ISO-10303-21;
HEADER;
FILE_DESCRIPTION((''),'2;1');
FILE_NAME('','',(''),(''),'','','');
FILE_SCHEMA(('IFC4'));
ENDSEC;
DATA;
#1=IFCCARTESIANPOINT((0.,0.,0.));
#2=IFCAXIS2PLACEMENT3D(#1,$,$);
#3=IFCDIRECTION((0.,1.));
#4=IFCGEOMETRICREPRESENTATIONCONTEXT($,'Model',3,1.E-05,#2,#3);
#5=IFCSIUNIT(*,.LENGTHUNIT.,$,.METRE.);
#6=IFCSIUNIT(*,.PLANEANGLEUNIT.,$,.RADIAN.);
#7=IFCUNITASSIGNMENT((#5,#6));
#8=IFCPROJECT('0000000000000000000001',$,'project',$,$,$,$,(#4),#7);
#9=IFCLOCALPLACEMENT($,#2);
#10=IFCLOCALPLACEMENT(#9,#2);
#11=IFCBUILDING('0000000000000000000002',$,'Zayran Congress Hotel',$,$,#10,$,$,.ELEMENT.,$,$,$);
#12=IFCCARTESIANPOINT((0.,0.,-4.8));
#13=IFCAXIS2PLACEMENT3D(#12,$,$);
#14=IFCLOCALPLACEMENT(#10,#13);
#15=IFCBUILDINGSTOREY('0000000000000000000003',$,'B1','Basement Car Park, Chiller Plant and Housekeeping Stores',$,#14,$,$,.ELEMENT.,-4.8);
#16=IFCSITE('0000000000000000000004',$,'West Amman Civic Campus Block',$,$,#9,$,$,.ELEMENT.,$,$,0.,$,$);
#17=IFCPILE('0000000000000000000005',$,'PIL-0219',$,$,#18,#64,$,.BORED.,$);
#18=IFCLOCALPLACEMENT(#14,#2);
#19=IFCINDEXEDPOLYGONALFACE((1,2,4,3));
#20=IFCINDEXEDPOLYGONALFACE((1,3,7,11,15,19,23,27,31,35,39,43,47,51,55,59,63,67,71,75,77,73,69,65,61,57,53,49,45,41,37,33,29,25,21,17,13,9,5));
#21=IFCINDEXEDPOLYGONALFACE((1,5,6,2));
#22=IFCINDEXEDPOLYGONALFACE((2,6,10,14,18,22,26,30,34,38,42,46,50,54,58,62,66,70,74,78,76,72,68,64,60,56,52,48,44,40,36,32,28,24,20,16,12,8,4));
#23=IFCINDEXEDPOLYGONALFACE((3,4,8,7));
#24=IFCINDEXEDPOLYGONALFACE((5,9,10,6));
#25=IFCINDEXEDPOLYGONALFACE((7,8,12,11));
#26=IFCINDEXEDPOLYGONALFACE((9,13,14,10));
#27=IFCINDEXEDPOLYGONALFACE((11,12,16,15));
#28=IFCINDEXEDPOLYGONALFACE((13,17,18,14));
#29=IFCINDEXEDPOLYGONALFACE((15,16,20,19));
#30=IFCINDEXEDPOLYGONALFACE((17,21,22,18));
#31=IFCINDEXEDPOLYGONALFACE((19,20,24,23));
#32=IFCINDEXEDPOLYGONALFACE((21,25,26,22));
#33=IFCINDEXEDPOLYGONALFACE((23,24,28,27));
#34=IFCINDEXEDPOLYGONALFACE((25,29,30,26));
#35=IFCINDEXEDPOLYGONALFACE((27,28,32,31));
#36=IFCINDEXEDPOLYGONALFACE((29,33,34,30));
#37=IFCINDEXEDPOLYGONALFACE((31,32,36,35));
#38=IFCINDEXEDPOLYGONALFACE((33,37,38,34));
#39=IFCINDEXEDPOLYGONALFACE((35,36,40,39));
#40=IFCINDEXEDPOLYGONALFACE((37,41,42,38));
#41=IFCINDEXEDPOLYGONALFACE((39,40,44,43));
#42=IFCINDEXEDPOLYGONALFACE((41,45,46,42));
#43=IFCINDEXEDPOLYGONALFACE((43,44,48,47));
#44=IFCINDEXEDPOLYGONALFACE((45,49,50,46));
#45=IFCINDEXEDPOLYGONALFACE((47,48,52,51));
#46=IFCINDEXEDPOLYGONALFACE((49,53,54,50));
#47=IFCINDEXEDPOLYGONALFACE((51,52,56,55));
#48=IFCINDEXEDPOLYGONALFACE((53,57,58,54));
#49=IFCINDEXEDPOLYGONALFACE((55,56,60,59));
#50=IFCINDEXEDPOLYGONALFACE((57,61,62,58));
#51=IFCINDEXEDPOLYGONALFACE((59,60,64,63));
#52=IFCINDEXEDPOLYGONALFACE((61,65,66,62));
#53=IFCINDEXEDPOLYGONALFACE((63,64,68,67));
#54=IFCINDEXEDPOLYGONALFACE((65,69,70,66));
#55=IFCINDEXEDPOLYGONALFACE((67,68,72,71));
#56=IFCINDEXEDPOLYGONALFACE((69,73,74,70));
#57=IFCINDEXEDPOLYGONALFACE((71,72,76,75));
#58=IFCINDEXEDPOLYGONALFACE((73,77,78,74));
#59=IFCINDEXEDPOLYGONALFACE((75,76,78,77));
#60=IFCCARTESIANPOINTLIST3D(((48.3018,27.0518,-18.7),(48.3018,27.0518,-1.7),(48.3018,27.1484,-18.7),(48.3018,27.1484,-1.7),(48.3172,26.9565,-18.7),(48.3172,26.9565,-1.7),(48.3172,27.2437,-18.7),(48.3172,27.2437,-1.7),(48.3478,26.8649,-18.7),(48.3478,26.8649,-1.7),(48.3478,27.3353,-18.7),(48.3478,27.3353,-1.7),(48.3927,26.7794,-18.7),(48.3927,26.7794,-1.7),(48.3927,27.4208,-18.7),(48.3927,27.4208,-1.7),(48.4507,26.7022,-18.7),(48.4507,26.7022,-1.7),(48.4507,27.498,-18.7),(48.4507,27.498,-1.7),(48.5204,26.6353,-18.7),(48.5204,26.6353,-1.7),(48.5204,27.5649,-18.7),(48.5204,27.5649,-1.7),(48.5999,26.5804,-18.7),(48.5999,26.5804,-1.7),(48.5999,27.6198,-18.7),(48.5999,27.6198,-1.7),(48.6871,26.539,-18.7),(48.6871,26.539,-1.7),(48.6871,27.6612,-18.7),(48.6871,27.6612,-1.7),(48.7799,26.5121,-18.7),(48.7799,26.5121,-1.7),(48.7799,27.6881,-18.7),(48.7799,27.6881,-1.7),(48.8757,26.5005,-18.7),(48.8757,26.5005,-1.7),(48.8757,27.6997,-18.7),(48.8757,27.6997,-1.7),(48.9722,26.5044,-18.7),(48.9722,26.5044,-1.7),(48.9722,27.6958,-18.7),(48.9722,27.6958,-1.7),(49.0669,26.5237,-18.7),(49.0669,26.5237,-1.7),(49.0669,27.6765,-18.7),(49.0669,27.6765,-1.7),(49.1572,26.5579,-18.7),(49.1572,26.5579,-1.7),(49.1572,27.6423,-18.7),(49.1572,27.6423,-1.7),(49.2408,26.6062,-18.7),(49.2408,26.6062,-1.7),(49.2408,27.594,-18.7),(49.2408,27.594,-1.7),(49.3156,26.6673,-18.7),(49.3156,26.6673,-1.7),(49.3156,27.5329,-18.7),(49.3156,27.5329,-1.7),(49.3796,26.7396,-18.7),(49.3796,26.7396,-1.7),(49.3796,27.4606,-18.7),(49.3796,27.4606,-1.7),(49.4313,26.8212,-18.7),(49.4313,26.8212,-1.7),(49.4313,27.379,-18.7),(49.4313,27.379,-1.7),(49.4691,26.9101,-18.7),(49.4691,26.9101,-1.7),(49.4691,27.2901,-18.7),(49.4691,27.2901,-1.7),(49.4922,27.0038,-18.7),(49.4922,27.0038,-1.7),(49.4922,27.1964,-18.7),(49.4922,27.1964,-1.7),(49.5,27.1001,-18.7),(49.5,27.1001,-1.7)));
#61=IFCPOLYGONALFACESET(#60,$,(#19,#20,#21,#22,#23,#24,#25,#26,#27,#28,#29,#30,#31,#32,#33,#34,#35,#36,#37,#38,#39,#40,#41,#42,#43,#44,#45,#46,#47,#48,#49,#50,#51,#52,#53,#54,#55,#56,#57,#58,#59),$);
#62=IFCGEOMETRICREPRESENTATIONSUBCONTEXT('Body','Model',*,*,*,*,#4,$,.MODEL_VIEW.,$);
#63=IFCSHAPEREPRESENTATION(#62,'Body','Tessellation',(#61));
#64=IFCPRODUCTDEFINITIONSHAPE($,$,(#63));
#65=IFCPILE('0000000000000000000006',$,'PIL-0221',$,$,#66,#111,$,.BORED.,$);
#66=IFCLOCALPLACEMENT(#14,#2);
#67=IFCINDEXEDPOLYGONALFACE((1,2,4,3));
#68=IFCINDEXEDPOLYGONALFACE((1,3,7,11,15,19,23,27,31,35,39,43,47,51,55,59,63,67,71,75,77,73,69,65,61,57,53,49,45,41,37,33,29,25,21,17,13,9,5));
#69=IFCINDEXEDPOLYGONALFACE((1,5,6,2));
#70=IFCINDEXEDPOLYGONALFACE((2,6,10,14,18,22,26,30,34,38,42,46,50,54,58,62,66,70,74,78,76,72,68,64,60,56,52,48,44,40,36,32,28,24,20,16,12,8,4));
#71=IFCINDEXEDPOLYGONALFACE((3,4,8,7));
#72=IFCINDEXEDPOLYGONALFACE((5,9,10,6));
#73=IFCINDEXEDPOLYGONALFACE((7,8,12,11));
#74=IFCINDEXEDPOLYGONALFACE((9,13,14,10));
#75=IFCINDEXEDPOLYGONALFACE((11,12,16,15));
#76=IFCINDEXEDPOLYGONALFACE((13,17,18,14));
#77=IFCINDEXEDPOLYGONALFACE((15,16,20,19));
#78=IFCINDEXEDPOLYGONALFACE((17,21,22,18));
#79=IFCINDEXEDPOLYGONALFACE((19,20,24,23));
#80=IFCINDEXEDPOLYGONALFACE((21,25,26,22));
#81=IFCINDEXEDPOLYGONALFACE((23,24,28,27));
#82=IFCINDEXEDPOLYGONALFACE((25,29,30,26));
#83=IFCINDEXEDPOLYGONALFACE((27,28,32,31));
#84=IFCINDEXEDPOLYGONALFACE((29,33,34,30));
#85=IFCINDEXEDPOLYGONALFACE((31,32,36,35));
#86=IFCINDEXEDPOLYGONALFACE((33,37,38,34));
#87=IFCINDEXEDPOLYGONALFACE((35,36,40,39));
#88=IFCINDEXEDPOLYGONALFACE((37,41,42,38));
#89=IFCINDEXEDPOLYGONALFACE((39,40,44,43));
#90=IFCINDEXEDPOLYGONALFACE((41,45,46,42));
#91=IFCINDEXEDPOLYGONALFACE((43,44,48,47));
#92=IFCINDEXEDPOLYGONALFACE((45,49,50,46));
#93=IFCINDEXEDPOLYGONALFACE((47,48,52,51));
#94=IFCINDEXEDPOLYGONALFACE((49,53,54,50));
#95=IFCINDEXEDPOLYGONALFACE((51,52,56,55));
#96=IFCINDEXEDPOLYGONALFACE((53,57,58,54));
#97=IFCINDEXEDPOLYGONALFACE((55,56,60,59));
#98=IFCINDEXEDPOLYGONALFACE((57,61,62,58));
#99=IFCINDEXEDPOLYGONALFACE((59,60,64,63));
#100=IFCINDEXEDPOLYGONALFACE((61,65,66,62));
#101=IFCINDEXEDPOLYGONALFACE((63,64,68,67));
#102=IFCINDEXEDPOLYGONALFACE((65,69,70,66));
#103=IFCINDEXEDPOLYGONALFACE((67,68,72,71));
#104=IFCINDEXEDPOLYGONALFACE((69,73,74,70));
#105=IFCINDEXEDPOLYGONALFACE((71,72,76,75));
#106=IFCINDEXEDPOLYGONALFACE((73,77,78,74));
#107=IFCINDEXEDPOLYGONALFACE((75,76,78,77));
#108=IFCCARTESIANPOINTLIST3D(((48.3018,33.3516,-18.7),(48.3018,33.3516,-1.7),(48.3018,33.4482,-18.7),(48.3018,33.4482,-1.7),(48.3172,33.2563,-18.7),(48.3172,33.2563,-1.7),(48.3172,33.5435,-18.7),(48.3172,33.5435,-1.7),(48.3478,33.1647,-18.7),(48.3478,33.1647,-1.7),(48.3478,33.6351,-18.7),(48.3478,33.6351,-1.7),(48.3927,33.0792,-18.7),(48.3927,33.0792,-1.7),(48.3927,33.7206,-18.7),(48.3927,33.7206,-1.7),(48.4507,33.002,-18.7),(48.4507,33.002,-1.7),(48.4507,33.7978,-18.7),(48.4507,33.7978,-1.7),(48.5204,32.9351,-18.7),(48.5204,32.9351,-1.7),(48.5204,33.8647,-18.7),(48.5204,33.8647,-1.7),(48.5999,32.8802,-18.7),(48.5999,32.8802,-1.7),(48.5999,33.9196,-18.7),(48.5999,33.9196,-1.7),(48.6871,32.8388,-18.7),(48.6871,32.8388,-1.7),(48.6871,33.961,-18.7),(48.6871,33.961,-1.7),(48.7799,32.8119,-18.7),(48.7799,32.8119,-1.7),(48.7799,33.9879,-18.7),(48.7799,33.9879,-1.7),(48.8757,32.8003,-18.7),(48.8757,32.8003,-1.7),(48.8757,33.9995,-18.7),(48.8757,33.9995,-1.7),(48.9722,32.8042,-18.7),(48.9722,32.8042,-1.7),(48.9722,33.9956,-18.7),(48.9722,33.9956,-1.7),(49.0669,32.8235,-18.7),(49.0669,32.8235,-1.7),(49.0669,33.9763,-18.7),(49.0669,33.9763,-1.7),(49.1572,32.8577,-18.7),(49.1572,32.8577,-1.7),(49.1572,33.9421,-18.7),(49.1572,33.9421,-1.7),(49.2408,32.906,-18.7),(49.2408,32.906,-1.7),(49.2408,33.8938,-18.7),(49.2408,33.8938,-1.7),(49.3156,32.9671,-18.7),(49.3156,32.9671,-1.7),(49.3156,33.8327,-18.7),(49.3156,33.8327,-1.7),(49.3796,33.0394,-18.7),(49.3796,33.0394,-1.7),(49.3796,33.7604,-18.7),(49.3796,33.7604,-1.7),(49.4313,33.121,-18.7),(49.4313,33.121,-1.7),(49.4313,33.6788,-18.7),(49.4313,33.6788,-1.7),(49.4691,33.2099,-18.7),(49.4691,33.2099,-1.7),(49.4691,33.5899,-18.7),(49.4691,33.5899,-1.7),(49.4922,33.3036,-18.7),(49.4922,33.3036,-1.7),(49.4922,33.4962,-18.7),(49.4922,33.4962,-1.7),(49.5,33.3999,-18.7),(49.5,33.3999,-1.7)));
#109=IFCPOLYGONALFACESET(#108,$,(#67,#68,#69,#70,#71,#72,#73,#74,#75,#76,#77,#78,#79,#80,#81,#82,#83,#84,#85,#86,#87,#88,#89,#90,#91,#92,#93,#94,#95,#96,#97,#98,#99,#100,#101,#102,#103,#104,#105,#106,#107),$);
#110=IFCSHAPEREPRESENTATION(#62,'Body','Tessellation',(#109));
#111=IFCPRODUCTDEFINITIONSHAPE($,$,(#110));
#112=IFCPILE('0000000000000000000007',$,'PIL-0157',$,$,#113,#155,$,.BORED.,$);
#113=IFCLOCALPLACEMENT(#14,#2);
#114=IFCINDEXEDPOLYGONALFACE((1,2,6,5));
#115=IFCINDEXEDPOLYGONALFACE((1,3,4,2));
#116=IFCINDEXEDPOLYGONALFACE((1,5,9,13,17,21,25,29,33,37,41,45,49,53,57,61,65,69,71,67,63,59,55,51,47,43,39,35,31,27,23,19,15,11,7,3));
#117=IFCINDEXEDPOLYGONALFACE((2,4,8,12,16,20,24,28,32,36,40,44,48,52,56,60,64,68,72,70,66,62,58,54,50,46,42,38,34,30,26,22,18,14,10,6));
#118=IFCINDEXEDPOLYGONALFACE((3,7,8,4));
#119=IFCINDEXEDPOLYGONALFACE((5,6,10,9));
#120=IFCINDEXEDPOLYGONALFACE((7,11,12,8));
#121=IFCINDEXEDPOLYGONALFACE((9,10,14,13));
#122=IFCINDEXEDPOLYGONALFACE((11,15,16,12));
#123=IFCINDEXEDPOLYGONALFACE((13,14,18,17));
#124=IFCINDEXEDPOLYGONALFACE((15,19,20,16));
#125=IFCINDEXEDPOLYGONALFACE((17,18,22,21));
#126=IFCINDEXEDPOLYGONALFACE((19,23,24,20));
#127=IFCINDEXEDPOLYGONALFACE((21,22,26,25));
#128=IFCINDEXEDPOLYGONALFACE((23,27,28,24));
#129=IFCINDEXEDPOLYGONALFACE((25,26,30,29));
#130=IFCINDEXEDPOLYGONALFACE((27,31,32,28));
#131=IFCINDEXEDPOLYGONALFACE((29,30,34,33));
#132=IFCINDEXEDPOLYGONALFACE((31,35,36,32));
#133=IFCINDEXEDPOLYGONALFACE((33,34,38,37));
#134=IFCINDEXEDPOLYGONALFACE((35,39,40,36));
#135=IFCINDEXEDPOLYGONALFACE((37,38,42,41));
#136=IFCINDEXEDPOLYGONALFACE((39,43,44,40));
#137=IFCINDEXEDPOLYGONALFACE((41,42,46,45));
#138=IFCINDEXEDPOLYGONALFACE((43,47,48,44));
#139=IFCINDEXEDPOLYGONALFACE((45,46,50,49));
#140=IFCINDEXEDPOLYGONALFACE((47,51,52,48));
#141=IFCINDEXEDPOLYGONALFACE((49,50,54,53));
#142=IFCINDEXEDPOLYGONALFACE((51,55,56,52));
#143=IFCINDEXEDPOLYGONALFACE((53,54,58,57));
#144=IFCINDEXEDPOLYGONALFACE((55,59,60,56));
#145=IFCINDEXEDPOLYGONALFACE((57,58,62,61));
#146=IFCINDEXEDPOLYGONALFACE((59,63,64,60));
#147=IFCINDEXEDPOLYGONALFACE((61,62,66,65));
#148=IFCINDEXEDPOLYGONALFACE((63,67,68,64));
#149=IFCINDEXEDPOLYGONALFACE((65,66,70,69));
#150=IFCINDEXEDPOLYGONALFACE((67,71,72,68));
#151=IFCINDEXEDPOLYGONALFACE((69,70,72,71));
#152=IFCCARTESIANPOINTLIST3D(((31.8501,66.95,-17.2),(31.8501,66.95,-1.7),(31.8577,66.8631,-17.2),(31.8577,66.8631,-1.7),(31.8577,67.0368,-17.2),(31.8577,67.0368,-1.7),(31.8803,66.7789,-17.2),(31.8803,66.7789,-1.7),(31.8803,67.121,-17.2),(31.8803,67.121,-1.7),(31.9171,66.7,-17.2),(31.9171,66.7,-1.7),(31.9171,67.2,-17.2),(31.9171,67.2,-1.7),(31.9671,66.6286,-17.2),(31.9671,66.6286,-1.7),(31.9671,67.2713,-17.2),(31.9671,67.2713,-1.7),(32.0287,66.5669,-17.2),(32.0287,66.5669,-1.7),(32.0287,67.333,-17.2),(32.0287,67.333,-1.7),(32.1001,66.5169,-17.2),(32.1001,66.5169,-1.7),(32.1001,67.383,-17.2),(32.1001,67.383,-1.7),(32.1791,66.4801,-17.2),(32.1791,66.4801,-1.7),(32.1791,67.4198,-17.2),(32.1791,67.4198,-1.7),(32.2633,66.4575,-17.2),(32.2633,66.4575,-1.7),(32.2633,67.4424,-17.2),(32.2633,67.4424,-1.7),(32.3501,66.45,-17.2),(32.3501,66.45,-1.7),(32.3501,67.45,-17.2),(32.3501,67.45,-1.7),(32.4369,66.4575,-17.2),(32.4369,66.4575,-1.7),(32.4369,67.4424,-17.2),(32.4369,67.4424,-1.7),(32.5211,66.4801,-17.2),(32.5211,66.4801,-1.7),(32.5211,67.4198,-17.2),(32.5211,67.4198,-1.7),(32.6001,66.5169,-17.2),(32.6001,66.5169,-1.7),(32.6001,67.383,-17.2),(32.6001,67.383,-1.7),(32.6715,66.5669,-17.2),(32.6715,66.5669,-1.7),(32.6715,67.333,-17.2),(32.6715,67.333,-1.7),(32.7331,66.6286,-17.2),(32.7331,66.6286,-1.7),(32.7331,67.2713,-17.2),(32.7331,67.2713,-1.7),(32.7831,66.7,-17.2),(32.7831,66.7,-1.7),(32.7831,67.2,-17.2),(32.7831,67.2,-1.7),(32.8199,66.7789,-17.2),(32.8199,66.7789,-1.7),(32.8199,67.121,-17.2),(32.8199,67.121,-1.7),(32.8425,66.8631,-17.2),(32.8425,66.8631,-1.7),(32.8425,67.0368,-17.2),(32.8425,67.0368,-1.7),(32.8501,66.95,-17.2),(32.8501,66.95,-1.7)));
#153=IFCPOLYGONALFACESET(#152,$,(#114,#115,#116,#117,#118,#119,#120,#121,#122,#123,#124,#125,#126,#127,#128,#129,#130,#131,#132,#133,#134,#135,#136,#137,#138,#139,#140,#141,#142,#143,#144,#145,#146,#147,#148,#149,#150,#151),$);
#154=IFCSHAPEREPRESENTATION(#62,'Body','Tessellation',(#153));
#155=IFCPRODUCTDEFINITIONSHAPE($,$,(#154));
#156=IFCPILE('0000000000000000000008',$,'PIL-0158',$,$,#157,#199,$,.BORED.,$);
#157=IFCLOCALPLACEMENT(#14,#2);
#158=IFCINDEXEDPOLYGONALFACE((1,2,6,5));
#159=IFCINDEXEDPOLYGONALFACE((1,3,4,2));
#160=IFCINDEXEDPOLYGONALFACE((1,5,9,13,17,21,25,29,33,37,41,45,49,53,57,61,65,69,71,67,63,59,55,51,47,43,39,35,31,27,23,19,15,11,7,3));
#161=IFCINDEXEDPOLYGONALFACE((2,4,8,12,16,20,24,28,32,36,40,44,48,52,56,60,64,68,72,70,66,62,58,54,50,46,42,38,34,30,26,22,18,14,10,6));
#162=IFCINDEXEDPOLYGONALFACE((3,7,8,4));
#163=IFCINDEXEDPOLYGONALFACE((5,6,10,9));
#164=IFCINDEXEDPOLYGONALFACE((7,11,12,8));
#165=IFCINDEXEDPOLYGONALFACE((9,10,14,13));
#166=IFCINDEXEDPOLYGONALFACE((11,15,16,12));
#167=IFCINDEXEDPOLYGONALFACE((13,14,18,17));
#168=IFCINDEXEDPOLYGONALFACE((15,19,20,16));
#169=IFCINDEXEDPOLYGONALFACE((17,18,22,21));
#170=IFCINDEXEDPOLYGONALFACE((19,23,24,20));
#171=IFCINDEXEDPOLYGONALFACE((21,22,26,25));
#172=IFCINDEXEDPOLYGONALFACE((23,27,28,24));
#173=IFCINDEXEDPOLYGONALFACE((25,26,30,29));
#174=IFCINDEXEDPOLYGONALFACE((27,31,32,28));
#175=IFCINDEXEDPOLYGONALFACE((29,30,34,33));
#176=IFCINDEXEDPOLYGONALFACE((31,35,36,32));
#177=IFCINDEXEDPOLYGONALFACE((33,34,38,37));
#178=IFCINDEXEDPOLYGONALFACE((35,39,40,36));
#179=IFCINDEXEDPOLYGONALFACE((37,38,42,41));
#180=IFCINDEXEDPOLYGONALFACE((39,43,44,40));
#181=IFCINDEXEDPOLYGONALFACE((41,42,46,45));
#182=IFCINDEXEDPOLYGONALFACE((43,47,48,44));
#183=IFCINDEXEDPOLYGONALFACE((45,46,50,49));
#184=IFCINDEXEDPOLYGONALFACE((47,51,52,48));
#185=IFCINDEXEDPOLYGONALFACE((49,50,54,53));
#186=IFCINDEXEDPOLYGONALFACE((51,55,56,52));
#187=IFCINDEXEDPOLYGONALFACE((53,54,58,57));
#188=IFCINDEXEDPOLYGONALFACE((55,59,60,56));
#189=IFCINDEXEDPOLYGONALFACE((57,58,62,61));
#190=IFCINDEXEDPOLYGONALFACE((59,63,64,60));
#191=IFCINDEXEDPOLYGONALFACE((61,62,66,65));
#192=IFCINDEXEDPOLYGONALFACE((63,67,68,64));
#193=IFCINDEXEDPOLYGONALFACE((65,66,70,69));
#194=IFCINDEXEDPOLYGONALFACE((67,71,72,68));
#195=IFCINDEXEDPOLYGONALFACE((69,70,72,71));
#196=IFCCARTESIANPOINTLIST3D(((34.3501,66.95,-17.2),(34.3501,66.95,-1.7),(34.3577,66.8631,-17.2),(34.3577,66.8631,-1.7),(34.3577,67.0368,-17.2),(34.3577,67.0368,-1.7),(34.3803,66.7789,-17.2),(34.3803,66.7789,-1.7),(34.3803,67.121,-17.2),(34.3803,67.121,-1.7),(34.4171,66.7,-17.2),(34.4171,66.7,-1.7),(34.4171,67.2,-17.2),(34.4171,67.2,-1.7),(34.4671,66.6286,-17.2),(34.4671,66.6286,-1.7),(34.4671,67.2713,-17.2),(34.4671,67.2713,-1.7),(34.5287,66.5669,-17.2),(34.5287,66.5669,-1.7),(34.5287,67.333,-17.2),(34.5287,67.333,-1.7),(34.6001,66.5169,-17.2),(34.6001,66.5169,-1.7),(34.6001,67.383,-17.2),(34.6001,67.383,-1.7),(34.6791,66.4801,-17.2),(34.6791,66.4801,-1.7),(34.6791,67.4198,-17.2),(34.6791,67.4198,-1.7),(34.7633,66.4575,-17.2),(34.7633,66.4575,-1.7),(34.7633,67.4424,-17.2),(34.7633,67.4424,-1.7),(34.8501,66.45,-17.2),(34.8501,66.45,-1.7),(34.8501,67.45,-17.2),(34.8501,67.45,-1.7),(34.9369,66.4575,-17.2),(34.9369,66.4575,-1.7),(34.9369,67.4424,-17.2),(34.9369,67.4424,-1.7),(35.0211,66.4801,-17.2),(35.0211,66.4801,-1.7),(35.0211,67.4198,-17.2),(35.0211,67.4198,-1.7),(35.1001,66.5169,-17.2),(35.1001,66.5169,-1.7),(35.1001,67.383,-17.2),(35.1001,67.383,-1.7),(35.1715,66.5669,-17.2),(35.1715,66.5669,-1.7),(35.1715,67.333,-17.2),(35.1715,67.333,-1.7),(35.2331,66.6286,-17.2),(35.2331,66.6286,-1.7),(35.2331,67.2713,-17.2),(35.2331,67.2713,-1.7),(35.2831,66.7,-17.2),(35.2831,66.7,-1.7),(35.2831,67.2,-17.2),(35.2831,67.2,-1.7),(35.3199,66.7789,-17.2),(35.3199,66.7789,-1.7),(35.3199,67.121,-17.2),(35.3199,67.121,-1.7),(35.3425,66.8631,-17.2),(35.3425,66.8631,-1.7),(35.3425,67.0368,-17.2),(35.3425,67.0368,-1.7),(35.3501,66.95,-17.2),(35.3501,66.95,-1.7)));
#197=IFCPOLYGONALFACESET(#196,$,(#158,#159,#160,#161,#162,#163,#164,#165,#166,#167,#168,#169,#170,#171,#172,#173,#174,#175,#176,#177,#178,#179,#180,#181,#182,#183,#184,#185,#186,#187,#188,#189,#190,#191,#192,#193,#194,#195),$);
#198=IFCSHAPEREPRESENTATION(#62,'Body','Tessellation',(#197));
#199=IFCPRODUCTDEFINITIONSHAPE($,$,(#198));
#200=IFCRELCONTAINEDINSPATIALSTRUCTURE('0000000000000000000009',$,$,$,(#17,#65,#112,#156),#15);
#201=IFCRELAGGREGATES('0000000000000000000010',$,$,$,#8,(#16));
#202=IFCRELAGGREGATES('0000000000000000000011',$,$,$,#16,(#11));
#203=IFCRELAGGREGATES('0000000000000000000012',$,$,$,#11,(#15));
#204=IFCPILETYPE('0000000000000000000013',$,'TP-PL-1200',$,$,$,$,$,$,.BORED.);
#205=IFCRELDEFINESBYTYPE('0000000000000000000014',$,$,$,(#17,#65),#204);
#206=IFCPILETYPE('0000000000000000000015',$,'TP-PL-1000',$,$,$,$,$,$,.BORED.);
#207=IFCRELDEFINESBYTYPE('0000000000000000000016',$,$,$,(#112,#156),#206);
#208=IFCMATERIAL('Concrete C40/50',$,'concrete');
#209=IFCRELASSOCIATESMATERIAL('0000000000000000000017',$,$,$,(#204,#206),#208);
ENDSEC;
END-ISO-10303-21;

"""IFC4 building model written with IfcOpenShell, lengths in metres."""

from ifc_helpers import new_model, si_unit, direction, frame, origin, origin_2d, place, context, subcontext, project, spatial, circle, extrude, material, material_profile, profile_set, type_object, element, save


model = new_model("IFC4")

# Units and contexts
model_context = context("Model", 3, precision=1e-05, world=origin(), true_north=direction((0.0, 1.0)))
body_context = subcontext(model_context, "Body", "Model", "MODEL_VIEW")
ifc_project = project(units=[si_unit("LENGTHUNIT", "METRE"), si_unit("PLANEANGLEUNIT", "RADIAN")], contexts=[model_context])

# Site, building, storey
site_placement = place(None, origin())
site = spatial("IfcSite", under=ifc_project, at=site_placement, Name="West Amman Civic Campus Block", CompositionType="ELEMENT", RefElevation=0.0)
building_placement = place(site_placement, origin())
building = spatial("IfcBuilding", under=site, at=building_placement, Name="Zayran Congress Hotel", CompositionType="ELEMENT")
storey_placement = place(building_placement, frame((0.0, 0.0, -4.8)))
storey = spatial("IfcBuildingStorey", under=building, at=storey_placement, Name="B1", Description="Basement Car Park, Chiller Plant and Housekeeping Stores", CompositionType="ELEMENT", Elevation=-4.8)

# Piles
ifc_material = material(Name="Concrete C40/50", Category="concrete")
ifc_material_profile_1 = material_profile(ifc_material, circle(Radius=0.6001, at=origin_2d()), Name="PILE D1200")
ifc_profile_set_1 = profile_set([ifc_material_profile_1], Name="Concrete C40/50")
pile_type_1 = type_object("IfcPileType", Name="TP-PL-1200", PredefinedType="BORED", material=ifc_profile_set_1)
for number, where, z_axis, x_axis, name in (
    (1, (48.8999, 27.1001, -1.7), (0.0, 0.0, -1.0), (1.0, 0.0, 0.0), "PIL-0219"),
    (2, (48.8999, 33.3999, -1.7), (0.0, 0.0, -1.0), (1.0, 0.0, 0.0), "PIL-0221"),
):
    element("IfcPile", number, at=place(storey_placement, frame(where, z_axis=z_axis, x_axis=x_axis)), inside=storey, type_object=pile_type_1, Name=name, PredefinedType="BORED", context=body_context, shape_type="SweptSolid", body=[
        extrude(circle(Radius=0.6001, at=origin_2d()), origin(), (0.0, 0.0, 1.0), 17.0),
    ])
ifc_material_profile_2 = material_profile(ifc_material, circle(Radius=0.5, at=origin_2d()), Name="PILE D1000")
ifc_profile_set_2 = profile_set([ifc_material_profile_2], Name="Concrete C40/50")
pile_type_2 = type_object("IfcPileType", Name="TP-PL-1000", PredefinedType="BORED", material=ifc_profile_set_2)
for number, where, z_axis, x_axis, name in (
    (3, (32.3501, 66.95, -1.7), (0.0, 0.0, -1.0), (1.0, 0.0, 0.0), "PIL-0157"),
    (4, (34.8501, 66.95, -1.7), (0.0, 0.0, -1.0), (1.0, 0.0, 0.0), "PIL-0158"),
):
    element("IfcPile", number, at=place(storey_placement, frame(where, z_axis=z_axis, x_axis=x_axis)), inside=storey, type_object=pile_type_2, Name=name, PredefinedType="BORED", context=body_context, shape_type="SweptSolid", body=[
        extrude(circle(Radius=0.5, at=origin_2d()), origin(), (0.0, 0.0, 1.0), 15.5),
    ])

save(model, "model.ifc")
